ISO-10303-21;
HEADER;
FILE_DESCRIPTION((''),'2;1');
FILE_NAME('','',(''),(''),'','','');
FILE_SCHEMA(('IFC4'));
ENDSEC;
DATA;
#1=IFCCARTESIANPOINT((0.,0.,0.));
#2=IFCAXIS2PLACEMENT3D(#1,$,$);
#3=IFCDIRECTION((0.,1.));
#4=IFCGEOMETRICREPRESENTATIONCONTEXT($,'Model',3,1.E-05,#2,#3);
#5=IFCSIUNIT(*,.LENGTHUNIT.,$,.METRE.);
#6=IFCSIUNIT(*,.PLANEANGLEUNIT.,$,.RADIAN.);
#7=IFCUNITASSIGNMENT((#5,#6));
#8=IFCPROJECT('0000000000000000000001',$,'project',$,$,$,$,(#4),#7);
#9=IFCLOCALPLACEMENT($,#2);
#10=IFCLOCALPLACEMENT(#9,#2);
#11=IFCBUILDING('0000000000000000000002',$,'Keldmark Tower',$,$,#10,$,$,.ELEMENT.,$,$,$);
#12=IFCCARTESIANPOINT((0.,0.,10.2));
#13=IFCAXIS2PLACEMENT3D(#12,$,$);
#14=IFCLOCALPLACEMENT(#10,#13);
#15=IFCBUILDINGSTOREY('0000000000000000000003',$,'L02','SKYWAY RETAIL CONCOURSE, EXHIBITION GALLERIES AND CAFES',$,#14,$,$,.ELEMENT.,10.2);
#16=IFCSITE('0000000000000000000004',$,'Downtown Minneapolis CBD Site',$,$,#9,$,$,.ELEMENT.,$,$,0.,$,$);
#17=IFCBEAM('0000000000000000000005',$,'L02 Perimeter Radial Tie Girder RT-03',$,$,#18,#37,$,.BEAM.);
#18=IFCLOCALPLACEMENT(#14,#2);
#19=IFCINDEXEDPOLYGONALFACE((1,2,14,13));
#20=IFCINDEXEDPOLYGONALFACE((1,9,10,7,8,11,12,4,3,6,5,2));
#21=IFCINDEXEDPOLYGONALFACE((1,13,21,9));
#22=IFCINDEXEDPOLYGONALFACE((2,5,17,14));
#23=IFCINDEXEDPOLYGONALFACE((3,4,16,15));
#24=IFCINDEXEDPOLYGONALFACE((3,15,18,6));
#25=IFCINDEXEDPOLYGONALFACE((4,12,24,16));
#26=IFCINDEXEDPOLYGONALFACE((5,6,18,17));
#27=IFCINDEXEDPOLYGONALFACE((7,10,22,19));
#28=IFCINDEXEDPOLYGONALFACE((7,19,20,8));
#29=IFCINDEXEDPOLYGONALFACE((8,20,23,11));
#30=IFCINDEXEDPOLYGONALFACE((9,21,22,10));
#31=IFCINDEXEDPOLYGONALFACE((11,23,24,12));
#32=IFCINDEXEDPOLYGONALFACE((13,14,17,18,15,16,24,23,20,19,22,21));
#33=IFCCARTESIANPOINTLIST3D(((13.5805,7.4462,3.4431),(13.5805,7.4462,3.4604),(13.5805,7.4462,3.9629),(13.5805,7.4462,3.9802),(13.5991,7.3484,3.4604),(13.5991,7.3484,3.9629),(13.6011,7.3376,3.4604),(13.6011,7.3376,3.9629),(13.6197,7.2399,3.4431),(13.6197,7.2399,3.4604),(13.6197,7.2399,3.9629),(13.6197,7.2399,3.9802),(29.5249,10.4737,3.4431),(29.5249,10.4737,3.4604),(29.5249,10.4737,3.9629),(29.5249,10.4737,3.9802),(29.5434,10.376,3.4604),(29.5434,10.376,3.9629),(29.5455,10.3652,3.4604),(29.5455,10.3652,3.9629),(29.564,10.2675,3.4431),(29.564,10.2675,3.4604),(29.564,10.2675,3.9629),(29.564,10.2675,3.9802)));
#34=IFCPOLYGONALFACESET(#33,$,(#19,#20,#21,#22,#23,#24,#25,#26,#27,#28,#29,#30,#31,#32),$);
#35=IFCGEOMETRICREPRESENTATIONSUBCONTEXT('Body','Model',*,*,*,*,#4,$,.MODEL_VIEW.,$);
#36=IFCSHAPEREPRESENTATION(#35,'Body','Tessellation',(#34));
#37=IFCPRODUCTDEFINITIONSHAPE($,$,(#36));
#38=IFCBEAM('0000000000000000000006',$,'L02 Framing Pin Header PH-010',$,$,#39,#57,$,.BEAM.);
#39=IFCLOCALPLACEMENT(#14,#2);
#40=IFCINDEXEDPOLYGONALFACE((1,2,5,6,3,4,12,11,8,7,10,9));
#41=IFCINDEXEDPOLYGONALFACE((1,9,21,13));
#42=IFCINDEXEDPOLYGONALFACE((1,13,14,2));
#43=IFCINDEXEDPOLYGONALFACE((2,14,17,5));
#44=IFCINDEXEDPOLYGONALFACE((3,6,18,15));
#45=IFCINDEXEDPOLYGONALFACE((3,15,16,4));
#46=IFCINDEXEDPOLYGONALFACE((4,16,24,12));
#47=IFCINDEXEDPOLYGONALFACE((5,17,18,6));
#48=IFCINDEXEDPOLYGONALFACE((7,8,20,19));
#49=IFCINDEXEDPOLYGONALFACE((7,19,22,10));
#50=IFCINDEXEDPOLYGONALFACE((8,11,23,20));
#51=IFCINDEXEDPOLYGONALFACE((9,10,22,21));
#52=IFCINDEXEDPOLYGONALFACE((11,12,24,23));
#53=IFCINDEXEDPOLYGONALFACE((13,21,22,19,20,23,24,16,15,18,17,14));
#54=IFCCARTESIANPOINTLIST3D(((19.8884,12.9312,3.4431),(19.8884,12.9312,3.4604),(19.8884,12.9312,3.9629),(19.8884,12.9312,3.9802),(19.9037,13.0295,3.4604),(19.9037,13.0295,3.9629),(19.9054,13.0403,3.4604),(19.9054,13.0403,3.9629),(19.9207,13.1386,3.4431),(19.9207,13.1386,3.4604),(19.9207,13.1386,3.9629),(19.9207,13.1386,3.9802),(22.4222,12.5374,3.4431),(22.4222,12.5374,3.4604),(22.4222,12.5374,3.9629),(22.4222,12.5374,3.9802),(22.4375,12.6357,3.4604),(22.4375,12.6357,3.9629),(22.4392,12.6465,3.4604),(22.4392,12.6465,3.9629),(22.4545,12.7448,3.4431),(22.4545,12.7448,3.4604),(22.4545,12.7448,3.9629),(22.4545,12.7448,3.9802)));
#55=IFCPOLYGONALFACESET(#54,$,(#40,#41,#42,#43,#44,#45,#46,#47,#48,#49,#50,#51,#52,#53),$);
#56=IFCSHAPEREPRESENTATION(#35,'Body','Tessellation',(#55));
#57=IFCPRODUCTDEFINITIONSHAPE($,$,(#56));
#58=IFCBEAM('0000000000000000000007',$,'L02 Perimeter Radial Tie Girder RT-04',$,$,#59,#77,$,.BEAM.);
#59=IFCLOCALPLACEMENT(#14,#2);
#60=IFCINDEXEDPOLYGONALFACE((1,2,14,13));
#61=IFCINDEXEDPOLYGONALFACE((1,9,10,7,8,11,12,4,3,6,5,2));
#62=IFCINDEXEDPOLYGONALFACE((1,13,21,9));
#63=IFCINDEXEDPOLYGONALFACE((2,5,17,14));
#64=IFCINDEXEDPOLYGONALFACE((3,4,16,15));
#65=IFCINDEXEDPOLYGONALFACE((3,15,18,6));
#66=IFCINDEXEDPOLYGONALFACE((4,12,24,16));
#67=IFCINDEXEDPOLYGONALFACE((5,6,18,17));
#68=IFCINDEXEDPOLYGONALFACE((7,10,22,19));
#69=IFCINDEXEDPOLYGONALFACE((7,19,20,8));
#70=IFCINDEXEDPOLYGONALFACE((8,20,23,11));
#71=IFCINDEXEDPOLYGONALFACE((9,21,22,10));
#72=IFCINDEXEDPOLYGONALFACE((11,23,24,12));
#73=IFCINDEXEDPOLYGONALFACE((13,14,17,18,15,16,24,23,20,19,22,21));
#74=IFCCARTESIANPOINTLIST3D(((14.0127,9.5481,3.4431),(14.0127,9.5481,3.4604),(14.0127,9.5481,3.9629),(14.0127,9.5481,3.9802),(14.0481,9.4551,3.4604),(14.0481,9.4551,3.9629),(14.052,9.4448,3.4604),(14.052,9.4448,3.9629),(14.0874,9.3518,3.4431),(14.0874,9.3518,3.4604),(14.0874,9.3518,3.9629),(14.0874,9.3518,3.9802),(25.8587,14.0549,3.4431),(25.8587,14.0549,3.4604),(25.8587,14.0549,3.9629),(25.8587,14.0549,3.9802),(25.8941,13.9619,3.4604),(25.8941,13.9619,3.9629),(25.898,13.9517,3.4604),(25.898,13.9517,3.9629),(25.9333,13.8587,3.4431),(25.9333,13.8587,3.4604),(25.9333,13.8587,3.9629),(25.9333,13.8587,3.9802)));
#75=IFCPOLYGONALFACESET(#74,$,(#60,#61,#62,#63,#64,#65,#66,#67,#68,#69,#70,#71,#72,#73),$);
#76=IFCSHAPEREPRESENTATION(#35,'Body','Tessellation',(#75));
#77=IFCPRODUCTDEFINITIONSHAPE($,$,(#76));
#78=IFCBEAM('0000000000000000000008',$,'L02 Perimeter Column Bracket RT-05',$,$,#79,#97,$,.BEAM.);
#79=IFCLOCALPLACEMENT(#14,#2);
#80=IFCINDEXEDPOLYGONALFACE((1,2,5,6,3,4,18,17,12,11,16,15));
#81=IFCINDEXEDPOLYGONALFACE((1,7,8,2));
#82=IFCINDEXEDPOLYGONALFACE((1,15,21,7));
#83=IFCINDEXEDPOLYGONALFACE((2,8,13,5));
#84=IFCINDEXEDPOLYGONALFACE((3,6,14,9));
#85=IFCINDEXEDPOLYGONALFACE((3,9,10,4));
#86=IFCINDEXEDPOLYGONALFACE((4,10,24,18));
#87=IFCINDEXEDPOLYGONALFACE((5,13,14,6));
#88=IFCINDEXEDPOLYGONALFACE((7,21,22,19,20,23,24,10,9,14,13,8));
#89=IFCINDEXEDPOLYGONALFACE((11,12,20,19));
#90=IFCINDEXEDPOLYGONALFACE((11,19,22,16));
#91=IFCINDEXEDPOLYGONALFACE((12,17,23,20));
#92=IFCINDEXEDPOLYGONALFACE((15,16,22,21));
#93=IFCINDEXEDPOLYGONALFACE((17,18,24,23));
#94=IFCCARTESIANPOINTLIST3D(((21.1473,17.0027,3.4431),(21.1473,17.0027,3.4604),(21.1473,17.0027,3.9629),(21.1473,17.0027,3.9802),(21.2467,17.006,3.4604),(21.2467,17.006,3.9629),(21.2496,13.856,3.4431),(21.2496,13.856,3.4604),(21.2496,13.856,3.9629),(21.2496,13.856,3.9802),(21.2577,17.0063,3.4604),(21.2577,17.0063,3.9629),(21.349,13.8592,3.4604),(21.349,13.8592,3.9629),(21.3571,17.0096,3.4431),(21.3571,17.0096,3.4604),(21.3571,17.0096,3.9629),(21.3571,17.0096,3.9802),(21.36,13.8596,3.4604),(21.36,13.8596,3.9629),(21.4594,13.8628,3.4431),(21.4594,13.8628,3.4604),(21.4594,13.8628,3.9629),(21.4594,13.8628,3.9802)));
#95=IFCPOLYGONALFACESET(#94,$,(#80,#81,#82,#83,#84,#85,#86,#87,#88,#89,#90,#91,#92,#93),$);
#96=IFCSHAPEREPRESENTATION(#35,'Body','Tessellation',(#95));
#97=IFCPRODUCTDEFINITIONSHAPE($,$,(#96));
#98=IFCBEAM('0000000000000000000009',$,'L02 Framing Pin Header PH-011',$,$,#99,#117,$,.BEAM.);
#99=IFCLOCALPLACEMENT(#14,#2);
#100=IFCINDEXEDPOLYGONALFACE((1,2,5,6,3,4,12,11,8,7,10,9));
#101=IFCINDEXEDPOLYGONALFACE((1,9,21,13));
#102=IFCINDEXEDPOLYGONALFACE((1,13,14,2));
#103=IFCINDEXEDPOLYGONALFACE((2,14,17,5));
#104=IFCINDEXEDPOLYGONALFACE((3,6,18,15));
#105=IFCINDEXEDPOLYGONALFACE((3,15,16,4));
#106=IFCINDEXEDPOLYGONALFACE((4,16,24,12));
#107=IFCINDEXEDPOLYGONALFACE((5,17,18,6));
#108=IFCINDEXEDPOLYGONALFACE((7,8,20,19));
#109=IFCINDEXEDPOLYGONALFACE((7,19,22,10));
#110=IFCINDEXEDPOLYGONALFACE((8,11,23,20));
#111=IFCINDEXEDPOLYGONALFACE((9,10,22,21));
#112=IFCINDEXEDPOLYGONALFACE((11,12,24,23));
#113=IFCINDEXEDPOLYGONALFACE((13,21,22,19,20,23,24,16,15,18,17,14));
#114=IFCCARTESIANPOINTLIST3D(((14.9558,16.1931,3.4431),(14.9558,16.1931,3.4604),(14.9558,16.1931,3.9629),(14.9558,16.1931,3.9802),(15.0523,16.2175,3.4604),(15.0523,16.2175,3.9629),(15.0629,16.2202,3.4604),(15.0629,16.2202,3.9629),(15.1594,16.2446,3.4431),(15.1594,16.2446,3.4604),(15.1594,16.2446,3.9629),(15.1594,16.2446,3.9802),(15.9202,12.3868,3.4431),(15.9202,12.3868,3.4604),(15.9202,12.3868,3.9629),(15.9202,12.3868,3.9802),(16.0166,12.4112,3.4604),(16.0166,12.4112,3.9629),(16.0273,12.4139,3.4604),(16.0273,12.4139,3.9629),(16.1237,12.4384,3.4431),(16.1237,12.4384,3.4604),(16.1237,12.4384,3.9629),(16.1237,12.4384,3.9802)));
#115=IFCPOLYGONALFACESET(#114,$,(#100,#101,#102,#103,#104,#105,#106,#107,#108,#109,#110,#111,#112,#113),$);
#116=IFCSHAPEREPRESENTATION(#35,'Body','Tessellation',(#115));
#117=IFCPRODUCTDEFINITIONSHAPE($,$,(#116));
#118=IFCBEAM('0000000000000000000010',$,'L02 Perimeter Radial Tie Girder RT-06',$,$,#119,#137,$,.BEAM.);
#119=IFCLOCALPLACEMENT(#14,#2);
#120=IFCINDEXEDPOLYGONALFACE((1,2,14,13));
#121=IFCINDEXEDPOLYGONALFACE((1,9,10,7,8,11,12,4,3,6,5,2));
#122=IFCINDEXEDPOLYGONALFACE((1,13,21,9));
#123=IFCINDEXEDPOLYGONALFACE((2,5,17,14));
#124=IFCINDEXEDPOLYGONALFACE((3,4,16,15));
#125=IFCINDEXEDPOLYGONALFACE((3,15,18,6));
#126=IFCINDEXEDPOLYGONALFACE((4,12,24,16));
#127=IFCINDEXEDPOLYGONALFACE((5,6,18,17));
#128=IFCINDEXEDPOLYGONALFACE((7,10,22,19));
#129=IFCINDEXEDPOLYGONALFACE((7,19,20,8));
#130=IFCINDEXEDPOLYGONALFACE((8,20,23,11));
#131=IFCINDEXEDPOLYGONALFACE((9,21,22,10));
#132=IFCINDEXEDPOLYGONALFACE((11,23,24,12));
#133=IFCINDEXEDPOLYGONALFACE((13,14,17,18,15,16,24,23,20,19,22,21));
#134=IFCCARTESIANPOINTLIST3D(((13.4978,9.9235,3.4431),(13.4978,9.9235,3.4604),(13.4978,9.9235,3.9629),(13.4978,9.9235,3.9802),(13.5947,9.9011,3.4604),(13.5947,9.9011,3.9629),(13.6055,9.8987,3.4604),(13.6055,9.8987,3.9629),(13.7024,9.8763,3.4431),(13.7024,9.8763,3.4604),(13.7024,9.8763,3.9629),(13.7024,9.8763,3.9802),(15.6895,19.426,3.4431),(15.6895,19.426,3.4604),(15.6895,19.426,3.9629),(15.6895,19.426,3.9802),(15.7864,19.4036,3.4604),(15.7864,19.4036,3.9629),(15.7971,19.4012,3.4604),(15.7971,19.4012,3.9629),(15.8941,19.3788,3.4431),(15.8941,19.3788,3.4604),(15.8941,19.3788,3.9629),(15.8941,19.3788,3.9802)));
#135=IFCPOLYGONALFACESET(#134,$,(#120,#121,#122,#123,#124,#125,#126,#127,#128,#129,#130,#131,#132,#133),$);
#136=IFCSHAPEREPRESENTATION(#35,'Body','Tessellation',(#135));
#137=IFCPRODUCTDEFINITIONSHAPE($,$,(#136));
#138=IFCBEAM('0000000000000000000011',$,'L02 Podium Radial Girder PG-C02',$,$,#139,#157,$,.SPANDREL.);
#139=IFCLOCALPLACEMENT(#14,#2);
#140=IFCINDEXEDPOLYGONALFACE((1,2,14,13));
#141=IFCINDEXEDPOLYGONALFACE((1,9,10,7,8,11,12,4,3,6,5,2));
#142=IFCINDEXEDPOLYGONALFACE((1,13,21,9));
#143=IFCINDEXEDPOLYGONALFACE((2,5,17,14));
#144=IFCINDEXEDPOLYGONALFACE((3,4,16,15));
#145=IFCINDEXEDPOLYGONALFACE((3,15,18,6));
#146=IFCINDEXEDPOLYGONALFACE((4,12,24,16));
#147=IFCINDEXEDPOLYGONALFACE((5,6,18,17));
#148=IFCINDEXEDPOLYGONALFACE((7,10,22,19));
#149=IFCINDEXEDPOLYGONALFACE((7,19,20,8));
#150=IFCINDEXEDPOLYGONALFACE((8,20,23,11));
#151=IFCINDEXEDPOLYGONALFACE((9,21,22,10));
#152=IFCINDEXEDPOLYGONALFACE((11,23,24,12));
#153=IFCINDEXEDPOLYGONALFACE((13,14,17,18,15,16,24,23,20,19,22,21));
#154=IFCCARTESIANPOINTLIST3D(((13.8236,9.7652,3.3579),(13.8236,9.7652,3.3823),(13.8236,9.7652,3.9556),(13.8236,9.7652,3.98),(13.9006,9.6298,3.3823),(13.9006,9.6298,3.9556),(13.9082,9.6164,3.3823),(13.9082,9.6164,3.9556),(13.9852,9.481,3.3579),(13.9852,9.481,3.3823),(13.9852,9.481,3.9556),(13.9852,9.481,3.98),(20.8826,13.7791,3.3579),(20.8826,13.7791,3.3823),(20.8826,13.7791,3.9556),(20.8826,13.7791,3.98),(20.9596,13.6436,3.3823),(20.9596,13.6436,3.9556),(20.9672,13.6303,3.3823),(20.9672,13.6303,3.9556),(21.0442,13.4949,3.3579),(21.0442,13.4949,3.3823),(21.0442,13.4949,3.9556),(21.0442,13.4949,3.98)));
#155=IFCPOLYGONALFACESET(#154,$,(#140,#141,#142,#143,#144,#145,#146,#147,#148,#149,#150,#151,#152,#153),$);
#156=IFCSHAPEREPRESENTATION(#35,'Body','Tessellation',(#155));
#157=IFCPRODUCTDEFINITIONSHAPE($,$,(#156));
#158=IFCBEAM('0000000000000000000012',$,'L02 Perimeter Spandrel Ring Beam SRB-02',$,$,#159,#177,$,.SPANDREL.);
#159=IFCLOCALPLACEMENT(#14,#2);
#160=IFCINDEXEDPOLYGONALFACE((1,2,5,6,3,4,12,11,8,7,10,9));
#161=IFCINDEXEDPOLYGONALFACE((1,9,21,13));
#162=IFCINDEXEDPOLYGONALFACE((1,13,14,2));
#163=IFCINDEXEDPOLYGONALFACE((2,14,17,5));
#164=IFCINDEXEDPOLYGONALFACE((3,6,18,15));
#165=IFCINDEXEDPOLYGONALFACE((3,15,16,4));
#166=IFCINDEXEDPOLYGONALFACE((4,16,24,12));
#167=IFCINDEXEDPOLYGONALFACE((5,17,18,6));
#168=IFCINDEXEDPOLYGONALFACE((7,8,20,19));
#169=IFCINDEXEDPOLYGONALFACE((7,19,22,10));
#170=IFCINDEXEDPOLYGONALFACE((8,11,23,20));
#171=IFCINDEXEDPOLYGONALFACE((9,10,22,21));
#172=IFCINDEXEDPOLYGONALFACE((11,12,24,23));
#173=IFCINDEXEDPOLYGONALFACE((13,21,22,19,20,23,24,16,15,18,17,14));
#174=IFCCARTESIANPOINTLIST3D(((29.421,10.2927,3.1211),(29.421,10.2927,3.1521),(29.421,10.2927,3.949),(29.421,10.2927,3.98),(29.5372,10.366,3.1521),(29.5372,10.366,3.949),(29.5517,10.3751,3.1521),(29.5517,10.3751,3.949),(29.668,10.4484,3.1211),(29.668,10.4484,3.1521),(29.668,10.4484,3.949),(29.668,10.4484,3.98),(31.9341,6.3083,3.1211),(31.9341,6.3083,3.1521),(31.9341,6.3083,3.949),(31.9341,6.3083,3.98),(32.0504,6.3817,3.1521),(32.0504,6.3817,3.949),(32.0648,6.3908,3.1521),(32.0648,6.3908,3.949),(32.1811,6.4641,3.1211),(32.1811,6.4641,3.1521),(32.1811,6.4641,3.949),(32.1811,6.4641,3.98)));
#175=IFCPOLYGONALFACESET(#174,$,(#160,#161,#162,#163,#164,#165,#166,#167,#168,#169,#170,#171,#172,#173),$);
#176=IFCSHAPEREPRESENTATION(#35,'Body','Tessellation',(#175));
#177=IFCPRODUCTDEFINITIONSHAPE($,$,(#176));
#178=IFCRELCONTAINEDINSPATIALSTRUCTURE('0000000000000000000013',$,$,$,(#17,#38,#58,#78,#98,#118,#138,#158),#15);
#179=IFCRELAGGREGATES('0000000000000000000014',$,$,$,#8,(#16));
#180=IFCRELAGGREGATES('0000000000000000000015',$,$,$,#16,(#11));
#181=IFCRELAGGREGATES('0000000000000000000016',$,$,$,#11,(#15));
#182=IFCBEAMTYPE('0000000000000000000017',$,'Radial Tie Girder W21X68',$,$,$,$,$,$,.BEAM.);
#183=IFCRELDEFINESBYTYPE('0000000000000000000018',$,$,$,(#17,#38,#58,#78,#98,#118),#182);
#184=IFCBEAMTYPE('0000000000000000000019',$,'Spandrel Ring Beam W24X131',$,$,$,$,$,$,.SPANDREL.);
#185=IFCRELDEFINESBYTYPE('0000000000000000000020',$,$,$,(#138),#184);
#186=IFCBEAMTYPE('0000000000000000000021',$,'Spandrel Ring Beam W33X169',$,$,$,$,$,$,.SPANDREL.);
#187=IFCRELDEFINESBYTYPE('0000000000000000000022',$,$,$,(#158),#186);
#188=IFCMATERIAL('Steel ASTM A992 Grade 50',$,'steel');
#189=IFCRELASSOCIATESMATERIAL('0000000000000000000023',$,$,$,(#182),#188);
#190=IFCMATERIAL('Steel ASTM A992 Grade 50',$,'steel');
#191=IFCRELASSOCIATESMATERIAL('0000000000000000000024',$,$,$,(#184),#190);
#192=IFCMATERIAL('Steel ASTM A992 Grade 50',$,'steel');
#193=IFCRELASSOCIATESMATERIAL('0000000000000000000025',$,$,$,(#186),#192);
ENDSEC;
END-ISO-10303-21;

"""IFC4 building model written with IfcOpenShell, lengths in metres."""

from ifc_helpers import new_model, si_unit, direction, frame, origin, origin_2d, place, context, subcontext, project, spatial, i_section, extrude, material, material_profile, profile_set, type_object, element, save


model = new_model("IFC4")

# Units and contexts
model_context = context("Model", 3, precision=1e-05, world=origin(), true_north=direction((0.0, 1.0)))
body_context = subcontext(model_context, "Body", "Model", "MODEL_VIEW")
ifc_project = project(units=[si_unit("LENGTHUNIT", "METRE"), si_unit("PLANEANGLEUNIT", "RADIAN")], contexts=[model_context])

# Site, building, storey
site_placement = place(None, origin())
site = spatial("IfcSite", under=ifc_project, at=site_placement, Name="Downtown Minneapolis CBD Site", CompositionType="ELEMENT", RefElevation=0.0)
building_placement = place(site_placement, origin())
building = spatial("IfcBuilding", under=site, at=building_placement, Name="Keldmark Tower", CompositionType="ELEMENT")
storey_placement = place(building_placement, frame((0.0, 0.0, 10.2)))
storey = spatial("IfcBuildingStorey", under=building, at=storey_placement, Name="L02", Description="SKYWAY RETAIL CONCOURSE, EXHIBITION GALLERIES AND CAFES", CompositionType="ELEMENT", Elevation=10.2)

# Beams
ifc_material_1 = material(Name="Steel ASTM A992 Grade 50", Category="steel")
ifc_material_profile_1 = material_profile(ifc_material_1, i_section(OverallWidth=0.21, OverallDepth=0.5371, WebThickness=0.011, FlangeThickness=0.0173, at=origin_2d()), Name="W21X68")
ifc_profile_set_1 = profile_set([ifc_material_profile_1], Name="Steel ASTM A992 Grade 50")
beam_type_1 = type_object("IfcBeamType", Name="Radial Tie Girder W21X68", PredefinedType="BEAM", material=ifc_profile_set_1)
beam_1_placement = place(storey_placement, frame((13.6001, 7.343, 3.7117), z_axis=(0.982445, 0.186551, 0.0), x_axis=(-0.186551, 0.982445, 0.0)))
element("IfcBeam", 1, at=beam_1_placement, inside=storey, type_object=beam_type_1, Name="L02 Perimeter Radial Tie Girder RT-03", PredefinedType="BEAM", context=body_context, shape_type="SweptSolid", body=[
    extrude(i_section(OverallWidth=0.21, OverallDepth=0.5371, WebThickness=0.011, FlangeThickness=0.0173, at=origin_2d()), origin(), (0.0, 0.0, 1.0), 16.2292),
])
beam_2_placement = place(storey_placement, frame((19.9045, 13.0349, 3.7117), z_axis=(0.988136, -0.153581, 0.0), x_axis=(0.153581, 0.988136, 0.0)))
element("IfcBeam", 2, at=beam_2_placement, inside=storey, type_object=beam_type_1, Name="L02 Framing Pin Header PH-010", PredefinedType="BEAM", context=body_context, shape_type="SweptSolid", body=[
    extrude(i_section(OverallWidth=0.21, OverallDepth=0.5371, WebThickness=0.011, FlangeThickness=0.0173, at=origin_2d()), origin(), (0.0, 0.0, 1.0), 2.5642),
])
beam_3_placement = place(storey_placement, frame((14.05, 9.45, 3.7117), z_axis=(0.934643, 0.355588, 0.0), x_axis=(-0.355588, 0.934643, 0.0)))
element("IfcBeam", 3, at=beam_3_placement, inside=storey, type_object=beam_type_1, Name="L02 Perimeter Radial Tie Girder RT-04", PredefinedType="BEAM", context=body_context, shape_type="SweptSolid", body=[
    extrude(i_section(OverallWidth=0.21, OverallDepth=0.5371, WebThickness=0.011, FlangeThickness=0.0173, at=origin_2d()), origin(), (0.0, 0.0, 1.0), 12.6743),
])
beam_4_placement = place(storey_placement, frame((21.3545, 13.8594, 3.7117), z_axis=(-0.032491, 0.999472, 0.0), x_axis=(-0.999472, -0.032491, 0.0)))
element("IfcBeam", 4, at=beam_4_placement, inside=storey, type_object=beam_type_1, Name="L02 Perimeter Column Bracket RT-05", PredefinedType="BEAM", context=body_context, shape_type="SweptSolid", body=[
    extrude(i_section(OverallWidth=0.21, OverallDepth=0.5371, WebThickness=0.011, FlangeThickness=0.0173, at=origin_2d()), origin(), (0.0, 0.0, 1.0), 3.1484),
])
beam_5_placement = place(storey_placement, frame((16.022, 12.4126, 3.7117), z_axis=(-0.245607, 0.96937, 0.0), x_axis=(-0.96937, -0.245607, 0.0)))
element("IfcBeam", 5, at=beam_5_placement, inside=storey, type_object=beam_type_1, Name="L02 Framing Pin Header PH-011", PredefinedType="BEAM", context=body_context, shape_type="SweptSolid", body=[
    extrude(i_section(OverallWidth=0.21, OverallDepth=0.5371, WebThickness=0.011, FlangeThickness=0.0173, at=origin_2d()), origin(), (0.0, 0.0, 1.0), 3.9265),
])
beam_6_placement = place(storey_placement, frame((13.6001, 9.8999, 3.7117), z_axis=(0.224741, 0.974419, 0.0), x_axis=(-0.974419, 0.224741, 0.0)))
element("IfcBeam", 6, at=beam_6_placement, inside=storey, type_object=beam_type_1, Name="L02 Perimeter Radial Tie Girder RT-06", PredefinedType="BEAM", context=body_context, shape_type="SweptSolid", body=[
    extrude(i_section(OverallWidth=0.21, OverallDepth=0.5371, WebThickness=0.011, FlangeThickness=0.0173, at=origin_2d()), origin(), (0.0, 0.0, 1.0), 9.752),
])
ifc_material_2 = material(Name="Steel ASTM A992 Grade 50", Category="steel")
ifc_material_profile_2 = material_profile(ifc_material_2, i_section(OverallWidth=0.3269, OverallDepth=0.6221, WebThickness=0.0154, FlangeThickness=0.0244, at=origin_2d()), Name="W24X131")
ifc_profile_set_2 = profile_set([ifc_material_profile_2], Name="Steel ASTM A992 Grade 50")
beam_type_2 = type_object("IfcBeamType", Name="Spandrel Ring Beam W24X131", PredefinedType="SPANDREL", material=ifc_profile_set_2)
beam_7_placement = place(storey_placement, frame((20.9634, 13.637, 3.6689), z_axis=(-0.869294, -0.494296, 0.0), x_axis=(0.494296, -0.869294, 0.0)))
element("IfcBeam", 7, at=beam_7_placement, inside=storey, type_object=beam_type_2, Name="L02 Podium Radial Girder PG-C02", PredefinedType="SPANDREL", context=body_context, shape_type="SweptSolid", body=[
    extrude(i_section(OverallWidth=0.3269, OverallDepth=0.6221, WebThickness=0.0154, FlangeThickness=0.0244, at=origin_2d()), origin(), (0.0, 0.0, 1.0), 8.1204),
])
ifc_material_3 = material(Name="Steel ASTM A992 Grade 50", Category="steel")
ifc_material_profile_3 = material_profile(ifc_material_3, i_section(OverallWidth=0.292, OverallDepth=0.8589, WebThickness=0.0171, FlangeThickness=0.031, at=origin_2d()), Name="W33X169")
ifc_profile_set_3 = profile_set([ifc_material_profile_3], Name="Steel ASTM A992 Grade 50")
beam_type_3 = type_object("IfcBeamType", Name="Spandrel Ring Beam W33X169", PredefinedType="SPANDREL", material=ifc_profile_set_3)
beam_8_placement = place(storey_placement, frame((32.0576, 6.3862, 3.5505), z_axis=(-0.533498, 0.845802, 0.0), x_axis=(-0.845802, -0.533498, 0.0)))
element("IfcBeam", 8, at=beam_8_placement, inside=storey, type_object=beam_type_3, Name="L02 Perimeter Spandrel Ring Beam SRB-02", PredefinedType="SPANDREL", context=body_context, shape_type="SweptSolid", body=[
    extrude(i_section(OverallWidth=0.292, OverallDepth=0.8589, WebThickness=0.0171, FlangeThickness=0.031, at=origin_2d()), origin(), (0.0, 0.0, 1.0), 4.7107),
])

save(model, "model.ifc")
